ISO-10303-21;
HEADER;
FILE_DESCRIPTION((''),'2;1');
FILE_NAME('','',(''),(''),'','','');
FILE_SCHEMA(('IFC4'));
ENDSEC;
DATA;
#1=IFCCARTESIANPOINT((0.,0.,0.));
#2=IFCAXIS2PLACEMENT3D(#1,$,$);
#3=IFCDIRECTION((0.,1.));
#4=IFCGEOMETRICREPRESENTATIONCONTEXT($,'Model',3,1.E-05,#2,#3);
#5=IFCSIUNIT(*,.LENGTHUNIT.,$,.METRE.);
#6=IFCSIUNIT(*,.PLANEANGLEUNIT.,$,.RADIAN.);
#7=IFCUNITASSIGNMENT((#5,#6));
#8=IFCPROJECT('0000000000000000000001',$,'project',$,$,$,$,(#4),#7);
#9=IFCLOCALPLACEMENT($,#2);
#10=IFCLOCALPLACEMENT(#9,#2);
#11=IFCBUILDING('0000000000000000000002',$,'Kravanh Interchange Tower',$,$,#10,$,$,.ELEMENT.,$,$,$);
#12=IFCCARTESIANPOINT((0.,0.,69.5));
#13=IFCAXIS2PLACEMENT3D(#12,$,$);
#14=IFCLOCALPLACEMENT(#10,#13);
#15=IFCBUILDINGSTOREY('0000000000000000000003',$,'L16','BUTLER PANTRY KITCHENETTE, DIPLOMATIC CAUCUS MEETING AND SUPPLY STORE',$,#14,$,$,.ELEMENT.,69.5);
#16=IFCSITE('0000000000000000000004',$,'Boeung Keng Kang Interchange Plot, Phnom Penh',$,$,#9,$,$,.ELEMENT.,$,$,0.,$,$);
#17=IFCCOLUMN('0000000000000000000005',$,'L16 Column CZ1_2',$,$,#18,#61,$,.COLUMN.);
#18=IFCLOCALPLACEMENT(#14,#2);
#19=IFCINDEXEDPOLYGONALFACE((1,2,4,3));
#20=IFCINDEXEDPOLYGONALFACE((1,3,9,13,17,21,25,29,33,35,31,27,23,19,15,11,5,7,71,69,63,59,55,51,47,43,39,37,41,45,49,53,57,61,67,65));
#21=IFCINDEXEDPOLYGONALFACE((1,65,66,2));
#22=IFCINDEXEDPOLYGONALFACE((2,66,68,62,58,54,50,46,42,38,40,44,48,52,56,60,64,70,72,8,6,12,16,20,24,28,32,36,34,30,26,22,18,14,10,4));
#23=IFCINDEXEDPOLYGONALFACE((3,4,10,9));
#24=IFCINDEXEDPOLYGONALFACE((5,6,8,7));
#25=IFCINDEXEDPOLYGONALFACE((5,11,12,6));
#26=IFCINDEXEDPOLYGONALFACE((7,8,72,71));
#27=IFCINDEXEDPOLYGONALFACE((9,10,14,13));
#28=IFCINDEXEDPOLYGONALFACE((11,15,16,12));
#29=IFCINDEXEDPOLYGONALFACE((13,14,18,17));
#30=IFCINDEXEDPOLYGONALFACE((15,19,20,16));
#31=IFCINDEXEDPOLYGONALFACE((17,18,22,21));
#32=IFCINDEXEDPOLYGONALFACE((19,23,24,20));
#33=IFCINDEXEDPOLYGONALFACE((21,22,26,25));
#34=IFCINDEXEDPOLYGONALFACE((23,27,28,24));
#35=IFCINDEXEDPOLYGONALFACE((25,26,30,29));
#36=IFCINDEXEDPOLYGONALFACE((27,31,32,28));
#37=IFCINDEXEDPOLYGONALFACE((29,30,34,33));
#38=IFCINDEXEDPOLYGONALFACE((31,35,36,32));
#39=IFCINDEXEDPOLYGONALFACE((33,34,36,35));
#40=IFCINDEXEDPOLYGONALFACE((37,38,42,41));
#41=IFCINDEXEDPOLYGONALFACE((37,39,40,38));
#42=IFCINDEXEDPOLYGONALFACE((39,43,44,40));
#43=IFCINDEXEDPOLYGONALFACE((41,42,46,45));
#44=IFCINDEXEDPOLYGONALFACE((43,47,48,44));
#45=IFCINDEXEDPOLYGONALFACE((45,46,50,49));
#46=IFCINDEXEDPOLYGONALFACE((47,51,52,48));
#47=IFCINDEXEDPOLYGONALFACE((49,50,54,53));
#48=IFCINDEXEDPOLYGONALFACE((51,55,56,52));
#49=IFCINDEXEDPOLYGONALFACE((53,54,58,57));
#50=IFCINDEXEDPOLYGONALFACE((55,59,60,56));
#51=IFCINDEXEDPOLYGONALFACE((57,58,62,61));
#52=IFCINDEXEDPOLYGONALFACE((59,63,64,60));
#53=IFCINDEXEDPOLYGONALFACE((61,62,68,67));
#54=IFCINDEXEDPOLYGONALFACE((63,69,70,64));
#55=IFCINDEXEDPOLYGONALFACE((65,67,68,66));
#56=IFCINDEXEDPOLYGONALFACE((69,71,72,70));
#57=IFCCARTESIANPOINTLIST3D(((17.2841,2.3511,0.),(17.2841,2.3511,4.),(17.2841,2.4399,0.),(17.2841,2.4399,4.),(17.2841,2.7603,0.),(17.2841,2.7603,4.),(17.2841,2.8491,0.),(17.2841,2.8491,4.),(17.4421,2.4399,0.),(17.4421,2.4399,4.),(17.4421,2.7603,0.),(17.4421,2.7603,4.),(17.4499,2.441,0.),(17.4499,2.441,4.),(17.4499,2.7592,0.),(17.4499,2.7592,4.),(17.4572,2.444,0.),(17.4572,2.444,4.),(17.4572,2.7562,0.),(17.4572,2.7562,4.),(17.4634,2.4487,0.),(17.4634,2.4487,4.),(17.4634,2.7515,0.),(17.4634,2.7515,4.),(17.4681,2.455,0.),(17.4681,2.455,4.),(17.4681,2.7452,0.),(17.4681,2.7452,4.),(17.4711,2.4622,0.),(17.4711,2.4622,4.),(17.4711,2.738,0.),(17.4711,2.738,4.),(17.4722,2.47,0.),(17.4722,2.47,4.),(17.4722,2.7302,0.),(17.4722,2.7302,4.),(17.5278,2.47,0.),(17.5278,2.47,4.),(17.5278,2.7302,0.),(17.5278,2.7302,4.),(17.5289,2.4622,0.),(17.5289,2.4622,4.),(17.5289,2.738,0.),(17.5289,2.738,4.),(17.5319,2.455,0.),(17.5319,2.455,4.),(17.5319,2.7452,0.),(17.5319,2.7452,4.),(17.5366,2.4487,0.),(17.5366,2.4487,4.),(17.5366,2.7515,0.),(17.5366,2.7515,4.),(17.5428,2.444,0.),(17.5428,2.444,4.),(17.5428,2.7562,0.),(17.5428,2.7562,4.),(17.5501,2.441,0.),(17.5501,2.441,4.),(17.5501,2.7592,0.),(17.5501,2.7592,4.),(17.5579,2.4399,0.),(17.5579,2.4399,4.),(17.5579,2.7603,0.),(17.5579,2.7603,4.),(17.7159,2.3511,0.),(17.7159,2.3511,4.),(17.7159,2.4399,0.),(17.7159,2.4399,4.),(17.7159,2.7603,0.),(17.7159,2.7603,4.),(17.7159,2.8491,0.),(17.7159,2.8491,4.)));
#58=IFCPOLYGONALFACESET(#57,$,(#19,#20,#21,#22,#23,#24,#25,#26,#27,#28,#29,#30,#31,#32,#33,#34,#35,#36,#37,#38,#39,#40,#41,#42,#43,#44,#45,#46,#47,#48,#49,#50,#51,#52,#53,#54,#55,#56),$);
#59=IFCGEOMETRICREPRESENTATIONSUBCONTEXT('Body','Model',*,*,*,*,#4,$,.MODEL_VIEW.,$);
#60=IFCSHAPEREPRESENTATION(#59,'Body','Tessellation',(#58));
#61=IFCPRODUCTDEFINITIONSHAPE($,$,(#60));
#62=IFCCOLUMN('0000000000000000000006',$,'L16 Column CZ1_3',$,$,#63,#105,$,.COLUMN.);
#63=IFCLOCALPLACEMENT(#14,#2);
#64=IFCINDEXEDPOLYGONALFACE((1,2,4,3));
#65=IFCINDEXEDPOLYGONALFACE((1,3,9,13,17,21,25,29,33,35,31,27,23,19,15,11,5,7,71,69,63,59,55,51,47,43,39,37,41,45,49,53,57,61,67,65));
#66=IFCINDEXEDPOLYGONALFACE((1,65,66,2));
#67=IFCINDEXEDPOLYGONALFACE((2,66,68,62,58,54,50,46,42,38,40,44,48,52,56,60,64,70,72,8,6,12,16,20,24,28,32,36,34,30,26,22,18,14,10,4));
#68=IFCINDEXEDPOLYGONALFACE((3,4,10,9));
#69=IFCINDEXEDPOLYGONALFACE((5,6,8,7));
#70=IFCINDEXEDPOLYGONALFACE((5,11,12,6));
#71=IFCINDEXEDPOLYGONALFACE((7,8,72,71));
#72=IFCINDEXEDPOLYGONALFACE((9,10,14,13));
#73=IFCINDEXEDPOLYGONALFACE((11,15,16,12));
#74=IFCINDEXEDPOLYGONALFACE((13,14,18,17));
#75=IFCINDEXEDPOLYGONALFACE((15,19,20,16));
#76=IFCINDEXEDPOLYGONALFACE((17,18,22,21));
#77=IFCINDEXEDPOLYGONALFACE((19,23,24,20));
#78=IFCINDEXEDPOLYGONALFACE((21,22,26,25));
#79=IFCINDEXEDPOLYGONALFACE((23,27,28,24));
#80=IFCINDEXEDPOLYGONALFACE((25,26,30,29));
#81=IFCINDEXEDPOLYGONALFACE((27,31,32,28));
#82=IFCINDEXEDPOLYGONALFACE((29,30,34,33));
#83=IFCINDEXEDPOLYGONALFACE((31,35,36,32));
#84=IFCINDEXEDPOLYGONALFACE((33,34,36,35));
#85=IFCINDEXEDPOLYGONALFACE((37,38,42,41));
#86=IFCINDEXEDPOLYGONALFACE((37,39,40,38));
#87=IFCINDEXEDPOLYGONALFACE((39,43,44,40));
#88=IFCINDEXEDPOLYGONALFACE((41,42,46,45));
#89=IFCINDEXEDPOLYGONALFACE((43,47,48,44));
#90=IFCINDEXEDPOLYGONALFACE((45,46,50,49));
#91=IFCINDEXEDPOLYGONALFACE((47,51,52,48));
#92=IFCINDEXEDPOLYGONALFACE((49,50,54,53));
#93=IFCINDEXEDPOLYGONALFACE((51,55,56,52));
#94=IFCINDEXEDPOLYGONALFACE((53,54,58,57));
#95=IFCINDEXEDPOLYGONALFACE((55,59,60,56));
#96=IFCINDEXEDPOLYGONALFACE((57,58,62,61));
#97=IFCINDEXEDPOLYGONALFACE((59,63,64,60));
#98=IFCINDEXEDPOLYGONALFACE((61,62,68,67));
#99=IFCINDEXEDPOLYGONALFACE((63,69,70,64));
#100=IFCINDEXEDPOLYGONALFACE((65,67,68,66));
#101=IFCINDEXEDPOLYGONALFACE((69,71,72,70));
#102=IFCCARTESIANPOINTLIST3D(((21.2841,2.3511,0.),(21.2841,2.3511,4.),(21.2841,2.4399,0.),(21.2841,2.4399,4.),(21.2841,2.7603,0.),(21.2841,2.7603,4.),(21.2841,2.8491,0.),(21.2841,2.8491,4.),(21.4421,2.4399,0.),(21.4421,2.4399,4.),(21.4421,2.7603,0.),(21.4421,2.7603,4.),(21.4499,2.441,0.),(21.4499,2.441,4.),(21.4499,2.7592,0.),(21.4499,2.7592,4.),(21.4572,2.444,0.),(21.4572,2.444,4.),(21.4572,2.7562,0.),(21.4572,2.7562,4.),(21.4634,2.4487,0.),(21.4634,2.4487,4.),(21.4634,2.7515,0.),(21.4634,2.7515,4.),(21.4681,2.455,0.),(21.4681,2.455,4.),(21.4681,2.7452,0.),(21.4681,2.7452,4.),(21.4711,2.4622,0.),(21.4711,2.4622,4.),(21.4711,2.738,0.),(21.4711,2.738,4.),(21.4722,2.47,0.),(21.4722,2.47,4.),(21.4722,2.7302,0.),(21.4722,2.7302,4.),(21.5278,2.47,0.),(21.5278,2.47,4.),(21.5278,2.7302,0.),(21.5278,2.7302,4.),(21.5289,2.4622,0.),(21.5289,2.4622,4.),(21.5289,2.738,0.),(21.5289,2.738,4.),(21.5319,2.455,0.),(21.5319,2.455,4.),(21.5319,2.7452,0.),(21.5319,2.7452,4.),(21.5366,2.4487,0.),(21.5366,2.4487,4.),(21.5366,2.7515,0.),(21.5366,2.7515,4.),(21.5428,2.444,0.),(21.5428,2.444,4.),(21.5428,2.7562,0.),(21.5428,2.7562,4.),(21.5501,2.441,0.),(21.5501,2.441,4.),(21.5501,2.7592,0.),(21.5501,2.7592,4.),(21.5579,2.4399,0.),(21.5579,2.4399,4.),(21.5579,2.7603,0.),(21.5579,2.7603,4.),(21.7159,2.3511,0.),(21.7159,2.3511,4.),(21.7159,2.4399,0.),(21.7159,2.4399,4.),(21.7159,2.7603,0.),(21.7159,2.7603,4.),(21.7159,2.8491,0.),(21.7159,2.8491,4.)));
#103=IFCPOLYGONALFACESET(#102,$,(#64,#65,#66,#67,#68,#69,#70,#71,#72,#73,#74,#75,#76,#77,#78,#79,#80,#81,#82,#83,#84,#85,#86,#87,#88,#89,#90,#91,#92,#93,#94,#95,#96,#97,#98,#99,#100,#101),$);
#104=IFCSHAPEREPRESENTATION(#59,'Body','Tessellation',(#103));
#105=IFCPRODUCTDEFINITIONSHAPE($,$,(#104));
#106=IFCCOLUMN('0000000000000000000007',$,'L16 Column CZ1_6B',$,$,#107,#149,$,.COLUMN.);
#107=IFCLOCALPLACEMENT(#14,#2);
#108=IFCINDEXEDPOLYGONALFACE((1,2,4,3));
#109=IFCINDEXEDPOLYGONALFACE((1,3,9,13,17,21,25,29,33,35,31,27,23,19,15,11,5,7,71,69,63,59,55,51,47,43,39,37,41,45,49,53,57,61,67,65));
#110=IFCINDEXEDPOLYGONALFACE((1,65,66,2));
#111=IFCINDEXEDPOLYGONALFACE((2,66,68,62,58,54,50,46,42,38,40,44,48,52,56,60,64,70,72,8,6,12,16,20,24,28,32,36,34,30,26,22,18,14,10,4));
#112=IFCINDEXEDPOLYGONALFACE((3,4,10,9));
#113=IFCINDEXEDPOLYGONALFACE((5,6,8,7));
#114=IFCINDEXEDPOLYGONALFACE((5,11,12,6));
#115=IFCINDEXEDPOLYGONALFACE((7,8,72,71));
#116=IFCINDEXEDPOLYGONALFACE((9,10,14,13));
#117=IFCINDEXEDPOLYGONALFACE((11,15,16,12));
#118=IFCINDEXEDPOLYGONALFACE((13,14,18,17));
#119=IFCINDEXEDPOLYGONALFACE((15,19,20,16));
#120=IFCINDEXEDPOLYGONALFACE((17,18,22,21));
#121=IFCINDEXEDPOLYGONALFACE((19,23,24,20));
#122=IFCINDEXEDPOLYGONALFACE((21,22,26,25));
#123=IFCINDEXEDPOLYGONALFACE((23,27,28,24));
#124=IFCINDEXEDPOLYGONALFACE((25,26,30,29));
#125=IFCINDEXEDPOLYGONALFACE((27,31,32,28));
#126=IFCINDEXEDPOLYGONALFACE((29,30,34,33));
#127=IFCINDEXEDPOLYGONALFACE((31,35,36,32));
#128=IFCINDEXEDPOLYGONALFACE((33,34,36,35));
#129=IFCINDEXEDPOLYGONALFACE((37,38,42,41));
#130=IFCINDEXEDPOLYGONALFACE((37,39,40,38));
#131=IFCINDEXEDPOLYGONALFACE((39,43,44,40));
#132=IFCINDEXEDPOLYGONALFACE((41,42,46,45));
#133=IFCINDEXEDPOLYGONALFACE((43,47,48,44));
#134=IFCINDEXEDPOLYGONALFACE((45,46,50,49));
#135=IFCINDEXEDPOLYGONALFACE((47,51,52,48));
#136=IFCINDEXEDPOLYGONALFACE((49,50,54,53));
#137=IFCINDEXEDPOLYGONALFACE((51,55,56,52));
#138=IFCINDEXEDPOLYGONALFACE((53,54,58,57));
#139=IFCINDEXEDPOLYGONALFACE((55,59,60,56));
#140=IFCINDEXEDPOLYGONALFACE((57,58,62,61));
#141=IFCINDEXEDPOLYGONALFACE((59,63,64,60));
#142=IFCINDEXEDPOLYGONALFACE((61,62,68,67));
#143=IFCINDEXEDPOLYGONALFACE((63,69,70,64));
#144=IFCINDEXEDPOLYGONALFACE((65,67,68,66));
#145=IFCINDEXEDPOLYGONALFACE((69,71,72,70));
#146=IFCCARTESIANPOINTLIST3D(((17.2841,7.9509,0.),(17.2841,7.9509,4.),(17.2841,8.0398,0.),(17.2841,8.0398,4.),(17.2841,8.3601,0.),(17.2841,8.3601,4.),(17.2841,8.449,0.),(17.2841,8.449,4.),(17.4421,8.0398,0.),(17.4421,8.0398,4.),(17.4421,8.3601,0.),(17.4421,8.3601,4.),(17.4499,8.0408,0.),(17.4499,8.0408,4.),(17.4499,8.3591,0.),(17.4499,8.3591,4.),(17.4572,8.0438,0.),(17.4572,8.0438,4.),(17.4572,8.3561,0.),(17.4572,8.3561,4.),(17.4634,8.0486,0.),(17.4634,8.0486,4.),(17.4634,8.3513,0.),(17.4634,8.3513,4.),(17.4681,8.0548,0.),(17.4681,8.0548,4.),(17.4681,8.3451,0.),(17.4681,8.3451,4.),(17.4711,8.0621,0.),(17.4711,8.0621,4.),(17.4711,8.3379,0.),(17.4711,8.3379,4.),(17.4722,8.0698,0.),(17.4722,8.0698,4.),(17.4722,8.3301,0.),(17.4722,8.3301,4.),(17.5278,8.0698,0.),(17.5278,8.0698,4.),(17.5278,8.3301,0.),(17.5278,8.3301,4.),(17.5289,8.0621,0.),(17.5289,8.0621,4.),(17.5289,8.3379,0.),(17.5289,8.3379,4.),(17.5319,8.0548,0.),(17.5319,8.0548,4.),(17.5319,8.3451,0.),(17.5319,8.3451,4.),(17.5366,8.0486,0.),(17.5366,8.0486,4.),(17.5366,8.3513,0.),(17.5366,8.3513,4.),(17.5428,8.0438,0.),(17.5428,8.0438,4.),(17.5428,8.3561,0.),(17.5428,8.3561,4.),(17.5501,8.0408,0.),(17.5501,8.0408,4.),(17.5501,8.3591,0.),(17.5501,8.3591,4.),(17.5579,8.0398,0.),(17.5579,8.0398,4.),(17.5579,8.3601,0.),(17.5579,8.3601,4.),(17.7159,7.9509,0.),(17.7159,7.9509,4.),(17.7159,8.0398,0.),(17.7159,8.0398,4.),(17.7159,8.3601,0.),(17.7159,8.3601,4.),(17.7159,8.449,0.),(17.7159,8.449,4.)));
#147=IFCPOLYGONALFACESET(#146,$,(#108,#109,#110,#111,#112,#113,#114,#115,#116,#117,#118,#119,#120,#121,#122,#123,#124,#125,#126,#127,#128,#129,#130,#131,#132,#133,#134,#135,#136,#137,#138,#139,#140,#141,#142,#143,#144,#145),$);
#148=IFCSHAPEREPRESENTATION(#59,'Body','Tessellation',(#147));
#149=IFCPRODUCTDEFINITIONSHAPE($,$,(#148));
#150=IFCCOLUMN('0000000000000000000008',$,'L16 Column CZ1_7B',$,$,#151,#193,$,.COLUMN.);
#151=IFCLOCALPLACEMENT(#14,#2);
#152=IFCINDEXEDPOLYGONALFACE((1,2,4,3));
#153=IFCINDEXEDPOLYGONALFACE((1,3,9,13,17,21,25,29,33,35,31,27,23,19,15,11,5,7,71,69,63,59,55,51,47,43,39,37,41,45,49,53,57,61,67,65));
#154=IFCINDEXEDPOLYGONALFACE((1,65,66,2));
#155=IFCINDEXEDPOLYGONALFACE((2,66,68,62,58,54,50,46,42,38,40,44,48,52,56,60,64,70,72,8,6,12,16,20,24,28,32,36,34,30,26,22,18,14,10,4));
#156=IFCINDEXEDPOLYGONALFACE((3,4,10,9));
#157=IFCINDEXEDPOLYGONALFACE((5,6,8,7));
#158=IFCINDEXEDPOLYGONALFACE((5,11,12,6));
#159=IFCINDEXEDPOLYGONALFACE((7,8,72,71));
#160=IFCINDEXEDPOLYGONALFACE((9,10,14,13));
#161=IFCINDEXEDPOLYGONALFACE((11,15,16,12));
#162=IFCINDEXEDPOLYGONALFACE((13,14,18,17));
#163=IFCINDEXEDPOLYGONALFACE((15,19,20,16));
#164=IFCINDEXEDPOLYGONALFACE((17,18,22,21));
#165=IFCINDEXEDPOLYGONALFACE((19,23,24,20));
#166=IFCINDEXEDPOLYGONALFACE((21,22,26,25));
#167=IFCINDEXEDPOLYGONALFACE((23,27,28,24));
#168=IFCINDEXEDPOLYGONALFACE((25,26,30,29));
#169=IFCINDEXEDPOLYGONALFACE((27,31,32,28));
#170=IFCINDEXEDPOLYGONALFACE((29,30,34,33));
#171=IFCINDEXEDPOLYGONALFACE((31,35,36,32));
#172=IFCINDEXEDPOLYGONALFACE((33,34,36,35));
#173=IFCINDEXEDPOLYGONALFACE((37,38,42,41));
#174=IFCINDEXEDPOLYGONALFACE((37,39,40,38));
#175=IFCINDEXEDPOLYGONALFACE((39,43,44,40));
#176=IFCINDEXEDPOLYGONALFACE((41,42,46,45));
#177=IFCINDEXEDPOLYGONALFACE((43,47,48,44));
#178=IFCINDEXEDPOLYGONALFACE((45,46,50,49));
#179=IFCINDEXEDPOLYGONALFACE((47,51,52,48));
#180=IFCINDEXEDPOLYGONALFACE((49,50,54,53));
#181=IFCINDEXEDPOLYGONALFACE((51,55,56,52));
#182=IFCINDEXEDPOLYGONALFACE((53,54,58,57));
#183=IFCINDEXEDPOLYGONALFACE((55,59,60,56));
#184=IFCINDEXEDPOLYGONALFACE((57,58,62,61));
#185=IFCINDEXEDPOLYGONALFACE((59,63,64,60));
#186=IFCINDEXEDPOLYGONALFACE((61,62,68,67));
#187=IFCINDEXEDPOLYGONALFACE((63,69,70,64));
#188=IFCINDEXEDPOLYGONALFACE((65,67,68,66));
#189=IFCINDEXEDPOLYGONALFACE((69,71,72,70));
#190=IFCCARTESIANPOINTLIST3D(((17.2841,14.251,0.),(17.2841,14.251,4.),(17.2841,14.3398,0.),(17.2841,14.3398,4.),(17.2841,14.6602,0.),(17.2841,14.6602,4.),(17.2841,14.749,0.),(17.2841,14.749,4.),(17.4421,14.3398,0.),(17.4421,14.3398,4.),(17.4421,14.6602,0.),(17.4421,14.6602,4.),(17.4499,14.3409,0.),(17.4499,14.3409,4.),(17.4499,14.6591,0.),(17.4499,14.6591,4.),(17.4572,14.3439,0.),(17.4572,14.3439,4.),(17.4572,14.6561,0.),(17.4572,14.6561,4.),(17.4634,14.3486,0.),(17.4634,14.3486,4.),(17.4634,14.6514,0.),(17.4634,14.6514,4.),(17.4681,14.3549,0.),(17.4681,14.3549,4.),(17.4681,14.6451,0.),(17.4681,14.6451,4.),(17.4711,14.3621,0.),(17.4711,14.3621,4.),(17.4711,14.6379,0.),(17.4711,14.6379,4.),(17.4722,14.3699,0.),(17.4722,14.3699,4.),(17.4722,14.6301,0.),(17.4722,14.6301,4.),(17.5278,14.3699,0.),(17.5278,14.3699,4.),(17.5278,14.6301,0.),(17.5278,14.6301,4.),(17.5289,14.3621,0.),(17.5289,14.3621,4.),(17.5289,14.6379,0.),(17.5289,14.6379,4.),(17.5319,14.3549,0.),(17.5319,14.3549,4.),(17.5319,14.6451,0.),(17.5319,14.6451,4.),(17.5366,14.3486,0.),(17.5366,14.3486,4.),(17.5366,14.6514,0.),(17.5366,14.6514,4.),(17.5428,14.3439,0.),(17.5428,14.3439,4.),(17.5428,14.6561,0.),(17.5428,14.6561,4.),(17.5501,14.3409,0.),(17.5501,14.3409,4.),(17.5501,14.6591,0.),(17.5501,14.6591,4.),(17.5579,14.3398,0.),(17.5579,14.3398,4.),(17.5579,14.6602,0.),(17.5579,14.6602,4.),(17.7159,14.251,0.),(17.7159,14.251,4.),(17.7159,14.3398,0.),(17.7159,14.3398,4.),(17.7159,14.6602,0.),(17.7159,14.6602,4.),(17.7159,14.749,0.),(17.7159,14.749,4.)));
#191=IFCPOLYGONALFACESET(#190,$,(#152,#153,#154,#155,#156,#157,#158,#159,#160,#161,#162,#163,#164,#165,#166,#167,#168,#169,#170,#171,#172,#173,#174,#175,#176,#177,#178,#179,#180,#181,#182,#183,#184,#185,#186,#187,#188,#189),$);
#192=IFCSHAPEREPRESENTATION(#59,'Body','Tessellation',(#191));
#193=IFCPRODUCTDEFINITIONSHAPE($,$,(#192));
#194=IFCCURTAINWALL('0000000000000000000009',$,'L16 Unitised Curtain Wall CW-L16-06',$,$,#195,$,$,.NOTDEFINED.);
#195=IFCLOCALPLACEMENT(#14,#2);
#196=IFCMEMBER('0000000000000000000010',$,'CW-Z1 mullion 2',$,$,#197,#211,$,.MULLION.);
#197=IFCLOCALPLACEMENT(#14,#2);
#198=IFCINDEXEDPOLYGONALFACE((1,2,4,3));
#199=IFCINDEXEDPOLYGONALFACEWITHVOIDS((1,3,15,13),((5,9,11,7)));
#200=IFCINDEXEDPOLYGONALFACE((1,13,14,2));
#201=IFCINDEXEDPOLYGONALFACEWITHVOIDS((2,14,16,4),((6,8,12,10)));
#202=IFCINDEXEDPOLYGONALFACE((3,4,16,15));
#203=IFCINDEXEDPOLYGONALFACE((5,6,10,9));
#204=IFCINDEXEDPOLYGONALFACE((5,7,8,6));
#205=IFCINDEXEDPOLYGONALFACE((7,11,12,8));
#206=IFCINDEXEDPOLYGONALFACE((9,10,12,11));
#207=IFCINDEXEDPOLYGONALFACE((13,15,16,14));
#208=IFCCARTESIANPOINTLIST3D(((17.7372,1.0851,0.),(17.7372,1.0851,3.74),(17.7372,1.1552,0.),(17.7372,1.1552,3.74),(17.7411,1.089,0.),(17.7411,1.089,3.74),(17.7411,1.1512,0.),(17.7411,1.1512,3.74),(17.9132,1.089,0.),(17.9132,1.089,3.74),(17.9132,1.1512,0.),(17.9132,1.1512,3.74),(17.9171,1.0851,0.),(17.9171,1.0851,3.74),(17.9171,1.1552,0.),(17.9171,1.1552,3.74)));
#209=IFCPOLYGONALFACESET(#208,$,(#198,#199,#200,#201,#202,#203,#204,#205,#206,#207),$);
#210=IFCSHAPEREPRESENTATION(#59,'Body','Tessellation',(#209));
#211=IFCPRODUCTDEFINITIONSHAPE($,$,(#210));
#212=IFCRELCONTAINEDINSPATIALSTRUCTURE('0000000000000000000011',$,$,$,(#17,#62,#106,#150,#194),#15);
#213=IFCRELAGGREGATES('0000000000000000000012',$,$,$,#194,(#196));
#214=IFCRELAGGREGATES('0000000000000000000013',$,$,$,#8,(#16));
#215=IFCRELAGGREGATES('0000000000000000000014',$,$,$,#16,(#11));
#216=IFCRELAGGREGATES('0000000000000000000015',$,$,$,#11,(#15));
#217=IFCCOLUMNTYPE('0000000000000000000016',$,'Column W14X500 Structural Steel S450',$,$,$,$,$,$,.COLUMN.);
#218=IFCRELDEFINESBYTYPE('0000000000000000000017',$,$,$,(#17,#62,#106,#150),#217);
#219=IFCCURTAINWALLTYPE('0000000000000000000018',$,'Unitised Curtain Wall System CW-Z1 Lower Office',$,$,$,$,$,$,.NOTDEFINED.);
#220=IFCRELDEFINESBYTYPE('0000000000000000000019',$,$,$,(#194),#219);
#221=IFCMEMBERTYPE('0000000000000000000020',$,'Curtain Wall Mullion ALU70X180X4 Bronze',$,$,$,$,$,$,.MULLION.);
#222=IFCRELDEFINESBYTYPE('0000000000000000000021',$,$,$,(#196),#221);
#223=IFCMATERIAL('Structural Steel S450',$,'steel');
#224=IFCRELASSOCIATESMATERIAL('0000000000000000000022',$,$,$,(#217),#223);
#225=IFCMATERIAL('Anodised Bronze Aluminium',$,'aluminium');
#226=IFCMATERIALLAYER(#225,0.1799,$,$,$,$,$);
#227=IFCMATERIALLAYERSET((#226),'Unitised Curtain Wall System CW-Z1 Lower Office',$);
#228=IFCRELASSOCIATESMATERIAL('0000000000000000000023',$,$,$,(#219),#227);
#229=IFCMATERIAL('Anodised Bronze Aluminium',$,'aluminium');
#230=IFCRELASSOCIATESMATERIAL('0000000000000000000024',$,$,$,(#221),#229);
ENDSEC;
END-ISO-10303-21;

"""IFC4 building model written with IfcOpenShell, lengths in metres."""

from ifc_helpers import new_model, si_unit, direction, frame, origin, origin_2d, place, context, subcontext, project, spatial, hollow_rectangle, i_section, extrude, material, layer, layer_set, material_profile, profile_set, type_object, element, aggregate, save


model = new_model("IFC4")

# Units and contexts
model_context = context("Model", 3, precision=1e-05, world=origin(), true_north=direction((0.0, 1.0)))
body_context = subcontext(model_context, "Body", "Model", "MODEL_VIEW")
ifc_project = project(units=[si_unit("LENGTHUNIT", "METRE"), si_unit("PLANEANGLEUNIT", "RADIAN")], contexts=[model_context])

# Site, building, storey
site_placement = place(None, origin())
site = spatial("IfcSite", under=ifc_project, at=site_placement, Name="Boeung Keng Kang Interchange Plot, Phnom Penh", CompositionType="ELEMENT", RefElevation=0.0)
building_placement = place(site_placement, origin())
building = spatial("IfcBuilding", under=site, at=building_placement, Name="Kravanh Interchange Tower", CompositionType="ELEMENT")
storey_placement = place(building_placement, frame((0.0, 0.0, 69.5)))
storey = spatial("IfcBuildingStorey", under=building, at=storey_placement, Name="L16", Description="BUTLER PANTRY KITCHENETTE, DIPLOMATIC CAUCUS MEETING AND SUPPLY STORE", CompositionType="ELEMENT", Elevation=69.5)

# Columns
ifc_material_1 = material(Name="Structural Steel S450", Category="steel")
ifc_material_profile_1 = material_profile(ifc_material_1, i_section(OverallWidth=0.4319, OverallDepth=0.498, WebThickness=0.0557, FlangeThickness=0.0889, FilletRadius=0.03, at=origin_2d()), Name="W14X500")
ifc_profile_set_1 = profile_set([ifc_material_profile_1], Name="Structural Steel S450")
column_type = type_object("IfcColumnType", Name="Column W14X500 Structural Steel S450", PredefinedType="COLUMN", material=ifc_profile_set_1)
for number, where, z_axis, x_axis, name in (
    (1, (17.5, 2.6001, 0.0), (0.0, 0.0, 1.0), (1.0, 0.0, 0.0), "L16 Column CZ1_2"),
    (2, (21.5, 2.6001, 0.0), (0.0, 0.0, 1.0), (1.0, 0.0, 0.0), "L16 Column CZ1_3"),
    (3, (17.5, 8.2, 0.0), (0.0, 0.0, 1.0), (1.0, 0.0, 0.0), "L16 Column CZ1_6B"),
    (4, (17.5, 14.5, 0.0), (0.0, 0.0, 1.0), (1.0, 0.0, 0.0), "L16 Column CZ1_7B"),
):
    element("IfcColumn", number, at=place(storey_placement, frame(where, z_axis=z_axis, x_axis=x_axis)), inside=storey, type_object=column_type, Name=name, PredefinedType="COLUMN", context=body_context, shape_type="SweptSolid", body=[
        extrude(i_section(OverallWidth=0.4319, OverallDepth=0.498, WebThickness=0.0557, FlangeThickness=0.0889, FilletRadius=0.03, at=origin_2d()), origin(), (0.0, 0.0, 1.0), 4.0),
    ])

# Curtain wall, member
ifc_material_2 = material(Name="Anodised Bronze Aluminium", Category="aluminium")
ifc_layer_1 = layer(ifc_material_2, 0.1799)
ifc_layer_set_1 = layer_set([ifc_layer_1], Name="Unitised Curtain Wall System CW-Z1 Lower Office")
curtain_wall_type = type_object("IfcCurtainWallType", Name="Unitised Curtain Wall System CW-Z1 Lower Office", PredefinedType="NOTDEFINED", material=ifc_layer_set_1)
curtain_wall_placement = place(storey_placement, origin())
curtain_wall = element("IfcCurtainWall", 5, at=curtain_wall_placement, inside=storey, type_object=curtain_wall_type, Name="L16 Unitised Curtain Wall CW-L16-06", PredefinedType="NOTDEFINED")
ifc_material_3 = material(Name="Anodised Bronze Aluminium", Category="aluminium")
ifc_material_profile_2 = material_profile(ifc_material_3, hollow_rectangle(XDim=0.0701, YDim=0.1799, WallThickness=0.0039, at=origin_2d()), Name="ALU70X180X4")
ifc_profile_set_2 = profile_set([ifc_material_profile_2], Name="Anodised Bronze Aluminium")
member_type_1 = type_object("IfcMemberType", Name="Curtain Wall Mullion ALU70X180X4 Bronze", PredefinedType="MULLION", material=ifc_profile_set_2)
member_1_placement = place(storey_placement, frame((17.8271, 1.1201, 0.0), z_axis=(0.0, 0.0, 1.0), x_axis=(0.0, -1.0, 0.0)))
member_1 = element("IfcMember", 6, at=member_1_placement, type_object=member_type_1, Name="CW-Z1 mullion 2", PredefinedType="MULLION", context=body_context, shape_type="SweptSolid", body=[
    extrude(hollow_rectangle(XDim=0.0701, YDim=0.1799, WallThickness=0.0039, at=origin_2d()), origin(), (0.0, 0.0, 1.0), 3.74),
])

aggregate(curtain_wall, [member_1])

save(model, "model.ifc")
